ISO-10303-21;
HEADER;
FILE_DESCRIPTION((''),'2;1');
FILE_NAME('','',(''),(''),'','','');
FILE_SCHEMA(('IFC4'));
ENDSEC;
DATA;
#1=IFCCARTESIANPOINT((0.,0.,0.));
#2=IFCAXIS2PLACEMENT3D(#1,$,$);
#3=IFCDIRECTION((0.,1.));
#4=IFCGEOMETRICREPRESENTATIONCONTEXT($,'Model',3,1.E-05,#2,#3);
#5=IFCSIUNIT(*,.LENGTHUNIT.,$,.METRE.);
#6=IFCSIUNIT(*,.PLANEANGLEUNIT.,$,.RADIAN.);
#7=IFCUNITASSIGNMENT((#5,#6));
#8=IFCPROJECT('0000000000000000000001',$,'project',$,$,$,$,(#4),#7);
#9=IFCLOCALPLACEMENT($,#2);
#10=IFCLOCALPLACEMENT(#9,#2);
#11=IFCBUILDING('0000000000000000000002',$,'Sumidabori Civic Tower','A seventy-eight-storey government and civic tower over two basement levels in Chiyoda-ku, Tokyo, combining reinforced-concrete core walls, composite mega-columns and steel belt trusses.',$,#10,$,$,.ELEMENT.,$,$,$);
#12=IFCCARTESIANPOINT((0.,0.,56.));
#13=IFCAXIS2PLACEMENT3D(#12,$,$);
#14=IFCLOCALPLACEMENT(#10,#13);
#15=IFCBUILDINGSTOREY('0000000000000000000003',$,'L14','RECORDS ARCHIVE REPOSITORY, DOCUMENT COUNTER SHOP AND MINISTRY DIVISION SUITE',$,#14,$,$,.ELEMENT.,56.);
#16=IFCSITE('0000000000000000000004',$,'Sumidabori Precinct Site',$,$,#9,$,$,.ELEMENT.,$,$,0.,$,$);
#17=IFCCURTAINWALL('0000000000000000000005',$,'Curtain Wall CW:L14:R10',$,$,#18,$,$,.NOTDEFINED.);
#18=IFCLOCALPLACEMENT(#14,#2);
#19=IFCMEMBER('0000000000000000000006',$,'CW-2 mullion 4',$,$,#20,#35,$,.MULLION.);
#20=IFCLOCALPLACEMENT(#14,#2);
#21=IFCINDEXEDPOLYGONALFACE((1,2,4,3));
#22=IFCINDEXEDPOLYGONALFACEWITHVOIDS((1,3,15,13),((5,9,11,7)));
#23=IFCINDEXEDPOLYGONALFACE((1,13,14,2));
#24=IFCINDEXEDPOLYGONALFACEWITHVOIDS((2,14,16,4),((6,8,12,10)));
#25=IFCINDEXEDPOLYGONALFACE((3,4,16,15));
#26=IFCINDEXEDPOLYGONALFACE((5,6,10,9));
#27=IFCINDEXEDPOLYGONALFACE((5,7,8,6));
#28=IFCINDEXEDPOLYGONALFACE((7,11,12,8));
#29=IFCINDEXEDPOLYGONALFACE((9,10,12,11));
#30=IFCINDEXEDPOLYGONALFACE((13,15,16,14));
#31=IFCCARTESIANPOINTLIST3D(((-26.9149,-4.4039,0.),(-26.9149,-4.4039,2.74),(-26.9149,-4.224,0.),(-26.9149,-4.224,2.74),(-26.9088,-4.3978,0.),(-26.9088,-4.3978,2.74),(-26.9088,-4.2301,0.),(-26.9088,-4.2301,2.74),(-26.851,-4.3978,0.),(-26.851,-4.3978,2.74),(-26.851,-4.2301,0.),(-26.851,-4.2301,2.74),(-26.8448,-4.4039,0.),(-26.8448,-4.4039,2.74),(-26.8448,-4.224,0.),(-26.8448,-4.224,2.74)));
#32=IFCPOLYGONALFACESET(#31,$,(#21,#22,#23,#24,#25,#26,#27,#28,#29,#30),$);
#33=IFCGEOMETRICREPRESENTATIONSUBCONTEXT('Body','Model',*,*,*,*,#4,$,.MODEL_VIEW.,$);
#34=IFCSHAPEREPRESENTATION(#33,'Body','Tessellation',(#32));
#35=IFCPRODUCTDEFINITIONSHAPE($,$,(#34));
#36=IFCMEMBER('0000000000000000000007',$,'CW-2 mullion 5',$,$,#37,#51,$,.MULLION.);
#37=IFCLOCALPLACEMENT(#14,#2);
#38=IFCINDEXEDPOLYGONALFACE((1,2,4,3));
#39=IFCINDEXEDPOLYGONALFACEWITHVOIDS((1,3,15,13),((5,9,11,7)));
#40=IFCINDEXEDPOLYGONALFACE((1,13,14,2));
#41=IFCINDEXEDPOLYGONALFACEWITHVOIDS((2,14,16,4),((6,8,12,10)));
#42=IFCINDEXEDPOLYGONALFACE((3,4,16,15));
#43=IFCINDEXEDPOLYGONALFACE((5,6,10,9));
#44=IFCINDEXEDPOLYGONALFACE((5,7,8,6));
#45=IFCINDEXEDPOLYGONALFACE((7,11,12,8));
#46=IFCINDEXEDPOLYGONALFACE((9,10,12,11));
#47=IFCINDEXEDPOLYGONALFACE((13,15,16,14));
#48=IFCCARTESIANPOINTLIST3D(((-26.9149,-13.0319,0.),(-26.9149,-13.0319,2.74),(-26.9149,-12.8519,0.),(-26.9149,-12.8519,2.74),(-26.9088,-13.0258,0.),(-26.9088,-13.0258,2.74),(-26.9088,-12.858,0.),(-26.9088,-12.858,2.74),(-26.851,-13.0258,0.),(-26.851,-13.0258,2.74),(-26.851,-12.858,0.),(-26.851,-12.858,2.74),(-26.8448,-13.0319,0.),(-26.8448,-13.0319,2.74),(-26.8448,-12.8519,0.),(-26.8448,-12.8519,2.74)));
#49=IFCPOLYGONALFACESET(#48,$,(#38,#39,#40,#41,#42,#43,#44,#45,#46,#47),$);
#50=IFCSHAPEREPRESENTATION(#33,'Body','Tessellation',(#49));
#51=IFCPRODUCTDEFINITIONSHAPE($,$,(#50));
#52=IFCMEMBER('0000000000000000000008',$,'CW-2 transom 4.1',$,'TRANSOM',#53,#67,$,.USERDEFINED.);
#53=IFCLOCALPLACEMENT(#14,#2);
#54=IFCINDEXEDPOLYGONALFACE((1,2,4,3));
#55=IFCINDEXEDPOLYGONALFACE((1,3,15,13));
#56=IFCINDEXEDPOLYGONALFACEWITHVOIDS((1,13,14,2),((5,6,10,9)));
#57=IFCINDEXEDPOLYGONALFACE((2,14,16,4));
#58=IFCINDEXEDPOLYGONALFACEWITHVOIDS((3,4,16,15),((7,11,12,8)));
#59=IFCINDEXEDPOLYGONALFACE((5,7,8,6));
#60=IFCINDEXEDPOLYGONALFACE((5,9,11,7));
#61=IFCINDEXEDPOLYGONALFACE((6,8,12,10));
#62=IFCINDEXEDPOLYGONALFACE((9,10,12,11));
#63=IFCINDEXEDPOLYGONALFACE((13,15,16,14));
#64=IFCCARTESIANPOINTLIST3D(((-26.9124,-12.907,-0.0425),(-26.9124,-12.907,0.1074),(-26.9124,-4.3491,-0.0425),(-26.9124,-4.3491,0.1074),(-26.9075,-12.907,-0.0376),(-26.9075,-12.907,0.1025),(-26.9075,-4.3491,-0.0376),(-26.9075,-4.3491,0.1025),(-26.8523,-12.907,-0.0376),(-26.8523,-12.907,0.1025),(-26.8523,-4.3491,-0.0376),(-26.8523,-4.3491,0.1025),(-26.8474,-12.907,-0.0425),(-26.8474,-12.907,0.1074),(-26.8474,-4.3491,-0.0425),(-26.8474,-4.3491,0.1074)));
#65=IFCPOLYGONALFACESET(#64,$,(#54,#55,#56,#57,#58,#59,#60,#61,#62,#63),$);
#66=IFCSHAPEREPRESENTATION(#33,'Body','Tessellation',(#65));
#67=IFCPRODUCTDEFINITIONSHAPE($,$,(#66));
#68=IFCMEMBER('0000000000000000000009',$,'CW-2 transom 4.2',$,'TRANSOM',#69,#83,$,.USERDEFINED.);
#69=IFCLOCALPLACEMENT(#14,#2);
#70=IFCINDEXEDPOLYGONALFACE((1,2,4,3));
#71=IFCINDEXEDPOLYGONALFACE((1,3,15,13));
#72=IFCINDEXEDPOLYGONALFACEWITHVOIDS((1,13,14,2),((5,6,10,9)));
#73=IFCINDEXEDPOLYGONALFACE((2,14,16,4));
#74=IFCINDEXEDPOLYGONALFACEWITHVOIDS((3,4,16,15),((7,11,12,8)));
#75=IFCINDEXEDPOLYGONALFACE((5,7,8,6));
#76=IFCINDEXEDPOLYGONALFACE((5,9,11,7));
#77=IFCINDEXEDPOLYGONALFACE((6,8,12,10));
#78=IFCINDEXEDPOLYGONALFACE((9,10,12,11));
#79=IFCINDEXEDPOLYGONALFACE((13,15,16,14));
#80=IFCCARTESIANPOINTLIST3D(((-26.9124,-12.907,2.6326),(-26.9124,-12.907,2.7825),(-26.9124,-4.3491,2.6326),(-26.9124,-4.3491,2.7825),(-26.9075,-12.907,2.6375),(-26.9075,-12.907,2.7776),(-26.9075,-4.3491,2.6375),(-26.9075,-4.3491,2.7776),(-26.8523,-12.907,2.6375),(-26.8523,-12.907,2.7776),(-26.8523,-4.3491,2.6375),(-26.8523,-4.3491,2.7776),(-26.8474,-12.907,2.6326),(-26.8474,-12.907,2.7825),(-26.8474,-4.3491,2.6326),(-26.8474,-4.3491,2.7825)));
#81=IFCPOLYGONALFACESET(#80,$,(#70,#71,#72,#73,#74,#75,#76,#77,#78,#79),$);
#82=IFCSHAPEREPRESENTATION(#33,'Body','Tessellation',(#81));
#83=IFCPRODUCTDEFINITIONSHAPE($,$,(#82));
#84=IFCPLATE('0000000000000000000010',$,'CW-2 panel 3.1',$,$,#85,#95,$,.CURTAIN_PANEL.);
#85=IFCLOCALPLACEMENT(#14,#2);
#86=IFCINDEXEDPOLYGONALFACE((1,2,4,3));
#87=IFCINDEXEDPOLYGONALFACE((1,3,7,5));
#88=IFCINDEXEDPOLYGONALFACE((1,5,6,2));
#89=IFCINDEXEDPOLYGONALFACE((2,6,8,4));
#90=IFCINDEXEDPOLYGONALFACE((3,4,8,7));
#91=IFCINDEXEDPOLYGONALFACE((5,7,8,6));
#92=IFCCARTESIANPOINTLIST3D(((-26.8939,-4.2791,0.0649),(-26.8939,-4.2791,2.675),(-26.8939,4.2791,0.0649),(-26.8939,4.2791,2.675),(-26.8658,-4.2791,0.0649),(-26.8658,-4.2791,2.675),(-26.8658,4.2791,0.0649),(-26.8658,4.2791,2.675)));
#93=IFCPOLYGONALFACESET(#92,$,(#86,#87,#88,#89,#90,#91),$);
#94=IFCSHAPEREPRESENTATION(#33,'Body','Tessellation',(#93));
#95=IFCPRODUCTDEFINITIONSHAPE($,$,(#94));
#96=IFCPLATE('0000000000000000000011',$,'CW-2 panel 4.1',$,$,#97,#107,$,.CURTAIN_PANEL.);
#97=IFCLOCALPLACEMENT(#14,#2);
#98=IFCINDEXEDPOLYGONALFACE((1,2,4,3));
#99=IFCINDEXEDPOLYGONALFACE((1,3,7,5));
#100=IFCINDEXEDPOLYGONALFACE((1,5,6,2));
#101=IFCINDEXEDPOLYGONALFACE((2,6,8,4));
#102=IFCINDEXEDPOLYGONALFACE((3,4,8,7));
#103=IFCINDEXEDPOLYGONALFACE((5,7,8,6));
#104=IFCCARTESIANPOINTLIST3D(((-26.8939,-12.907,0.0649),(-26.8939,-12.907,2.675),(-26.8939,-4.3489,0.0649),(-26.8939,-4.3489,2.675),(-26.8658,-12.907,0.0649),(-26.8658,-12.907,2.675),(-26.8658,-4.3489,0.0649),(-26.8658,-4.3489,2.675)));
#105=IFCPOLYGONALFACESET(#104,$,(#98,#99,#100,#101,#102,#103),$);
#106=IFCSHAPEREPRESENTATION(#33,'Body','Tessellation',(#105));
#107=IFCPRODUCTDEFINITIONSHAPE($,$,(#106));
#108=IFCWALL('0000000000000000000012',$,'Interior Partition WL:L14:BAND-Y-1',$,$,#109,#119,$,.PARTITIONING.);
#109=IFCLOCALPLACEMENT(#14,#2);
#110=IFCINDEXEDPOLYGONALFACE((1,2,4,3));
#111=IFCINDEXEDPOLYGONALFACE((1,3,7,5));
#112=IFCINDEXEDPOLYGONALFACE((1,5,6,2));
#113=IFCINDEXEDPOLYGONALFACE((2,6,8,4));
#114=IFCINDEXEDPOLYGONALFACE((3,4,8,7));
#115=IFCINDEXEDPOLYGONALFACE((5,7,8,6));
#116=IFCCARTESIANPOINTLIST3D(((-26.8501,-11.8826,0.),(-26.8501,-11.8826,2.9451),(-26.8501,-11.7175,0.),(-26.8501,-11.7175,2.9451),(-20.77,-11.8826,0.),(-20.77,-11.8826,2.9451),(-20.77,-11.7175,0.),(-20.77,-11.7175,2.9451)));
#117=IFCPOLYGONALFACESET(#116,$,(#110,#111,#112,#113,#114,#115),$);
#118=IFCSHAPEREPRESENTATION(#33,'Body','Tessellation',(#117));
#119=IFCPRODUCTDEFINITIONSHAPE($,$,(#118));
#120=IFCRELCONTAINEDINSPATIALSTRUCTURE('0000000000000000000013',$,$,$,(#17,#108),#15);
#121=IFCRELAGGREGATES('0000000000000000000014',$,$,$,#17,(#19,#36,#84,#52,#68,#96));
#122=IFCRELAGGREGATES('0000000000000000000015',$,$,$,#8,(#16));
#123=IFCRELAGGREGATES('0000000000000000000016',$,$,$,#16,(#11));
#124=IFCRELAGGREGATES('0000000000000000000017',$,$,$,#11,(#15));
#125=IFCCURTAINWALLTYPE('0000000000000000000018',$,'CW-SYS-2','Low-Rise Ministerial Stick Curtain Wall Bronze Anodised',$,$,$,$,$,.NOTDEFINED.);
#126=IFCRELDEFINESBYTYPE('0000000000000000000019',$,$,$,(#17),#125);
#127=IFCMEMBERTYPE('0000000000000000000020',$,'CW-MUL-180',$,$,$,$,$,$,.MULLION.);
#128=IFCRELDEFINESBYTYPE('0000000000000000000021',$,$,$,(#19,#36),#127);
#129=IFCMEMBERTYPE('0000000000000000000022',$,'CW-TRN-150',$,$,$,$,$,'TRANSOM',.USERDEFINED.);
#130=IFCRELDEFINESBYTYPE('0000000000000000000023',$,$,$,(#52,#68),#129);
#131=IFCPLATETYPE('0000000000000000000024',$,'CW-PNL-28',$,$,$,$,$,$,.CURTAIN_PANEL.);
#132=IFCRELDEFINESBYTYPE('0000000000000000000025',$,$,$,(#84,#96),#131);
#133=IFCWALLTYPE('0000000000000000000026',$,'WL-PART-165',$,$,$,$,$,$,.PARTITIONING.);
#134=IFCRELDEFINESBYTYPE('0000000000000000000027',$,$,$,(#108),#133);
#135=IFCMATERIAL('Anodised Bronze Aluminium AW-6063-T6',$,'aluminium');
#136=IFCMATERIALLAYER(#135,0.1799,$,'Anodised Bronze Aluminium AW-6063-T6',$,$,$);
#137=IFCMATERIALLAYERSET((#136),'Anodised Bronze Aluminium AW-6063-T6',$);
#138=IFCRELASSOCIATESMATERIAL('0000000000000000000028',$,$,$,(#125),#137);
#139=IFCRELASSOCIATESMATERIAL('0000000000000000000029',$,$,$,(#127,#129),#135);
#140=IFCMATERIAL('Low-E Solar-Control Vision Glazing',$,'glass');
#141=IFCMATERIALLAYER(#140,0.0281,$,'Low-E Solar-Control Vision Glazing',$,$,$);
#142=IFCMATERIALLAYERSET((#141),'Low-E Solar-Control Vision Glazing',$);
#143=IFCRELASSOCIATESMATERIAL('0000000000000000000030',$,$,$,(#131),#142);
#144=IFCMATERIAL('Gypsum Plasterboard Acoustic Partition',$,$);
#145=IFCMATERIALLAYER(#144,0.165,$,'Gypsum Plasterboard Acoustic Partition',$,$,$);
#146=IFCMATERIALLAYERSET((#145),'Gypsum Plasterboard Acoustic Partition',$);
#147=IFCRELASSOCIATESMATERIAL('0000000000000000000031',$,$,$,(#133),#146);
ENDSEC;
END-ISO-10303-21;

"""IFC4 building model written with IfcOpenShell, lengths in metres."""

from ifc_helpers import new_model, si_unit, direction, frame, frame_2d, origin, origin_2d, place, context, subcontext, project, spatial, rectangle, hollow_rectangle, extrude, source, transform, mapped, material, layer, layer_set, material_profile, profile_set, type_object, element, aggregate, save


model = new_model("IFC4")

# Units and contexts
model_context = context("Model", 3, precision=1e-05, world=origin(), true_north=direction((0.0, 1.0)))
body_context = subcontext(model_context, "Body", "Model", "MODEL_VIEW")
ifc_project = project(units=[si_unit("LENGTHUNIT", "METRE"), si_unit("PLANEANGLEUNIT", "RADIAN")], contexts=[model_context])

# Site, building, storey
site_placement = place(None, origin())
site = spatial("IfcSite", under=ifc_project, at=site_placement, Name="Sumidabori Precinct Site", CompositionType="ELEMENT", RefElevation=0.0)
building_placement = place(site_placement, origin())
building = spatial("IfcBuilding", under=site, at=building_placement, Name="Sumidabori Civic Tower", Description="A seventy-eight-storey government and civic tower over two basement levels in Chiyoda-ku, Tokyo, combining reinforced-concrete core walls, composite mega-columns and steel belt trusses.", CompositionType="ELEMENT")
storey_placement = place(building_placement, frame((0.0, 0.0, 56.0)))
storey = spatial("IfcBuildingStorey", under=building, at=storey_placement, Name="L14", Description="RECORDS ARCHIVE REPOSITORY, DOCUMENT COUNTER SHOP AND MINISTRY DIVISION SUITE", CompositionType="ELEMENT", Elevation=56.0)

# Curtain wall, members, plates
ifc_material_1 = material(Name="Anodised Bronze Aluminium AW-6063-T6", Category="aluminium")
ifc_layer_1 = layer(ifc_material_1, 0.1799, Name="Anodised Bronze Aluminium AW-6063-T6")
ifc_layer_set_1 = layer_set([ifc_layer_1], Name="Anodised Bronze Aluminium AW-6063-T6")
curtain_wall_type = type_object("IfcCurtainWallType", Name="CW-SYS-2", Description="Low-Rise Ministerial Stick Curtain Wall Bronze Anodised", PredefinedType="NOTDEFINED", material=ifc_layer_set_1)
curtain_wall_placement = place(storey_placement, origin())
curtain_wall = element("IfcCurtainWall", 1, at=curtain_wall_placement, inside=storey, type_object=curtain_wall_type, Name="Curtain Wall CW:L14:R10", PredefinedType="NOTDEFINED")
ifc_material_profile_1 = material_profile(ifc_material_1, hollow_rectangle(XDim=0.0701, YDim=0.1799, WallThickness=0.0061, at=origin_2d()), Name="ALU MULLION 180x70")
ifc_profile_set_1 = profile_set([ifc_material_profile_1], Name="Anodised Bronze Aluminium AW-6063-T6")
member_type_1 = type_object("IfcMemberType", Name="CW-MUL-180", PredefinedType="MULLION", material=ifc_profile_set_1)
shared_shape_1 = source(origin(), body_context, "Body", "SweptSolid", [
    extrude(hollow_rectangle(XDim=0.0701, YDim=0.1799, WallThickness=0.0061, at=origin_2d()), origin(), (0.0, 0.0, 1.0), 2.74),
])
member_1_placement = place(storey_placement, frame((-26.8799, -4.314, 0.0), z_axis=(0.0, 0.0, 1.0), x_axis=(1.0, 0.0, 0.0)))
member_1 = element("IfcMember", 2, at=member_1_placement, type_object=member_type_1, Name="CW-2 mullion 4", PredefinedType="MULLION", context=body_context, shape_type="MappedRepresentation", body=[
    mapped(shared_shape_1, transform((0.0, 0.0, 0.0), x_axis=(1.0, 0.0, 0.0), y_axis=(0.0, 1.0, 0.0), z_axis=(0.0, 0.0, 1.0), scale=1.0)),
])
member_2_placement = place(storey_placement, frame((-26.8799, -12.9419, 0.0), z_axis=(0.0, 0.0, 1.0), x_axis=(1.0, 0.0, 0.0)))
member_2 = element("IfcMember", 3, at=member_2_placement, type_object=member_type_1, Name="CW-2 mullion 5", PredefinedType="MULLION", context=body_context, shape_type="MappedRepresentation", body=[
    mapped(shared_shape_1, transform((0.0, 0.0, 0.0), x_axis=(1.0, 0.0, 0.0), y_axis=(0.0, 1.0, 0.0), z_axis=(0.0, 0.0, 1.0), scale=1.0)),
])
ifc_material_profile_2 = material_profile(ifc_material_1, hollow_rectangle(XDim=0.0649, YDim=0.1499, WallThickness=0.0049, at=origin_2d()), Name="ALU TRANSOM 150x65")
ifc_profile_set_2 = profile_set([ifc_material_profile_2], Name="Anodised Bronze Aluminium AW-6063-T6")
member_type_2 = type_object("IfcMemberType", Name="CW-TRN-150", ElementType="TRANSOM", PredefinedType="USERDEFINED", material=ifc_profile_set_2)
shared_shape_2 = source(origin(), body_context, "Body", "SweptSolid", [
    extrude(hollow_rectangle(XDim=0.0649, YDim=0.1499, WallThickness=0.0049, at=origin_2d()), origin(), (0.0, 0.0, 1.0), 8.5579),
])
member_3_placement = place(storey_placement, frame((-26.8799, -4.3491, 0.0325), z_axis=(0.0, -1.0, 0.0), x_axis=(1.0, 0.0, 0.0)))
member_3 = element("IfcMember", 4, at=member_3_placement, type_object=member_type_2, Name="CW-2 transom 4.1", ObjectType="TRANSOM", PredefinedType="USERDEFINED", context=body_context, shape_type="MappedRepresentation", body=[
    mapped(shared_shape_2, transform((0.0, 0.0, 0.0), x_axis=(1.0, 0.0, 0.0), y_axis=(0.0, 1.0, 0.0), z_axis=(0.0, 0.0, 1.0), scale=1.0)),
])
member_4_placement = place(storey_placement, frame((-26.8799, -4.3491, 2.7075), z_axis=(0.0, -1.0, 0.0), x_axis=(1.0, 0.0, 0.0)))
member_4 = element("IfcMember", 5, at=member_4_placement, type_object=member_type_2, Name="CW-2 transom 4.2", ObjectType="TRANSOM", PredefinedType="USERDEFINED", context=body_context, shape_type="MappedRepresentation", body=[
    mapped(shared_shape_2, transform((0.0, 0.0, 0.0), x_axis=(1.0, 0.0, 0.0), y_axis=(0.0, 1.0, 0.0), z_axis=(0.0, 0.0, 1.0), scale=1.0)),
])
ifc_material_2 = material(Name="Low-E Solar-Control Vision Glazing", Category="glass")
ifc_layer_2 = layer(ifc_material_2, 0.0281, Name="Low-E Solar-Control Vision Glazing")
ifc_layer_set_2 = layer_set([ifc_layer_2], Name="Low-E Solar-Control Vision Glazing")
plate_type = type_object("IfcPlateType", Name="CW-PNL-28", PredefinedType="CURTAIN_PANEL", material=ifc_layer_set_2)
shared_shape_3 = source(origin(), body_context, "Body", "SweptSolid", [
    extrude(rectangle(XDim=8.5581, YDim=0.0281, at=origin_2d()), origin(), (0.0, 0.0, 1.0), 2.6101),
])
plate_1_placement = place(storey_placement, frame((-26.8799, 0.0, 0.0649), z_axis=(0.0, 0.0, 1.0), x_axis=(0.0, -1.0, 0.0)))
plate_1 = element("IfcPlate", 6, at=plate_1_placement, type_object=plate_type, Name="CW-2 panel 3.1", PredefinedType="CURTAIN_PANEL", context=body_context, shape_type="MappedRepresentation", body=[
    mapped(shared_shape_3, transform((0.0, 0.0, 0.0), x_axis=(1.0, 0.0, 0.0), y_axis=(0.0, 1.0, 0.0), z_axis=(0.0, 0.0, 1.0), scale=1.0)),
])
plate_2_placement = place(storey_placement, frame((-26.8799, -8.6279, 0.0649), z_axis=(0.0, 0.0, 1.0), x_axis=(0.0, -1.0, 0.0)))
plate_2 = element("IfcPlate", 7, at=plate_2_placement, type_object=plate_type, Name="CW-2 panel 4.1", PredefinedType="CURTAIN_PANEL", context=body_context, shape_type="MappedRepresentation", body=[
    mapped(shared_shape_3, transform((0.0, 0.0, 0.0), x_axis=(1.0, 0.0, 0.0), y_axis=(0.0, 1.0, 0.0), z_axis=(0.0, 0.0, 1.0), scale=1.0)),
])
aggregate(curtain_wall, [member_1, member_2, plate_1, member_3, member_4, plate_2])

# Wall
ifc_material_3 = material(Name="Gypsum Plasterboard Acoustic Partition")
ifc_layer_3 = layer(ifc_material_3, 0.165, Name="Gypsum Plasterboard Acoustic Partition")
ifc_layer_set_3 = layer_set([ifc_layer_3], Name="Gypsum Plasterboard Acoustic Partition")
wall_type = type_object("IfcWallType", Name="WL-PART-165", PredefinedType="PARTITIONING", material=ifc_layer_set_3)
shared_shape_4 = source(origin(), body_context, "Body", "SweptSolid", [
    extrude(rectangle(XDim=6.0801, YDim=0.165, at=frame_2d((3.04, 0.0))), origin(), (0.0, 0.0, 1.0), 2.9451),
])
wall_1_placement = place(storey_placement, frame((-26.8501, -11.8, 0.0), z_axis=(0.0, 0.0, 1.0), x_axis=(1.0, 0.0, 0.0)))
element("IfcWall", 8, at=wall_1_placement, inside=storey, type_object=wall_type, Name="Interior Partition WL:L14:BAND-Y-1", PredefinedType="PARTITIONING", context=body_context, shape_type="MappedRepresentation", body=[
    mapped(shared_shape_4, transform((0.0, 0.0, 0.0), x_axis=(1.0, 0.0, 0.0), y_axis=(0.0, 1.0, 0.0), z_axis=(0.0, 0.0, 1.0), scale=1.0)),
])

save(model, "model.ifc")
